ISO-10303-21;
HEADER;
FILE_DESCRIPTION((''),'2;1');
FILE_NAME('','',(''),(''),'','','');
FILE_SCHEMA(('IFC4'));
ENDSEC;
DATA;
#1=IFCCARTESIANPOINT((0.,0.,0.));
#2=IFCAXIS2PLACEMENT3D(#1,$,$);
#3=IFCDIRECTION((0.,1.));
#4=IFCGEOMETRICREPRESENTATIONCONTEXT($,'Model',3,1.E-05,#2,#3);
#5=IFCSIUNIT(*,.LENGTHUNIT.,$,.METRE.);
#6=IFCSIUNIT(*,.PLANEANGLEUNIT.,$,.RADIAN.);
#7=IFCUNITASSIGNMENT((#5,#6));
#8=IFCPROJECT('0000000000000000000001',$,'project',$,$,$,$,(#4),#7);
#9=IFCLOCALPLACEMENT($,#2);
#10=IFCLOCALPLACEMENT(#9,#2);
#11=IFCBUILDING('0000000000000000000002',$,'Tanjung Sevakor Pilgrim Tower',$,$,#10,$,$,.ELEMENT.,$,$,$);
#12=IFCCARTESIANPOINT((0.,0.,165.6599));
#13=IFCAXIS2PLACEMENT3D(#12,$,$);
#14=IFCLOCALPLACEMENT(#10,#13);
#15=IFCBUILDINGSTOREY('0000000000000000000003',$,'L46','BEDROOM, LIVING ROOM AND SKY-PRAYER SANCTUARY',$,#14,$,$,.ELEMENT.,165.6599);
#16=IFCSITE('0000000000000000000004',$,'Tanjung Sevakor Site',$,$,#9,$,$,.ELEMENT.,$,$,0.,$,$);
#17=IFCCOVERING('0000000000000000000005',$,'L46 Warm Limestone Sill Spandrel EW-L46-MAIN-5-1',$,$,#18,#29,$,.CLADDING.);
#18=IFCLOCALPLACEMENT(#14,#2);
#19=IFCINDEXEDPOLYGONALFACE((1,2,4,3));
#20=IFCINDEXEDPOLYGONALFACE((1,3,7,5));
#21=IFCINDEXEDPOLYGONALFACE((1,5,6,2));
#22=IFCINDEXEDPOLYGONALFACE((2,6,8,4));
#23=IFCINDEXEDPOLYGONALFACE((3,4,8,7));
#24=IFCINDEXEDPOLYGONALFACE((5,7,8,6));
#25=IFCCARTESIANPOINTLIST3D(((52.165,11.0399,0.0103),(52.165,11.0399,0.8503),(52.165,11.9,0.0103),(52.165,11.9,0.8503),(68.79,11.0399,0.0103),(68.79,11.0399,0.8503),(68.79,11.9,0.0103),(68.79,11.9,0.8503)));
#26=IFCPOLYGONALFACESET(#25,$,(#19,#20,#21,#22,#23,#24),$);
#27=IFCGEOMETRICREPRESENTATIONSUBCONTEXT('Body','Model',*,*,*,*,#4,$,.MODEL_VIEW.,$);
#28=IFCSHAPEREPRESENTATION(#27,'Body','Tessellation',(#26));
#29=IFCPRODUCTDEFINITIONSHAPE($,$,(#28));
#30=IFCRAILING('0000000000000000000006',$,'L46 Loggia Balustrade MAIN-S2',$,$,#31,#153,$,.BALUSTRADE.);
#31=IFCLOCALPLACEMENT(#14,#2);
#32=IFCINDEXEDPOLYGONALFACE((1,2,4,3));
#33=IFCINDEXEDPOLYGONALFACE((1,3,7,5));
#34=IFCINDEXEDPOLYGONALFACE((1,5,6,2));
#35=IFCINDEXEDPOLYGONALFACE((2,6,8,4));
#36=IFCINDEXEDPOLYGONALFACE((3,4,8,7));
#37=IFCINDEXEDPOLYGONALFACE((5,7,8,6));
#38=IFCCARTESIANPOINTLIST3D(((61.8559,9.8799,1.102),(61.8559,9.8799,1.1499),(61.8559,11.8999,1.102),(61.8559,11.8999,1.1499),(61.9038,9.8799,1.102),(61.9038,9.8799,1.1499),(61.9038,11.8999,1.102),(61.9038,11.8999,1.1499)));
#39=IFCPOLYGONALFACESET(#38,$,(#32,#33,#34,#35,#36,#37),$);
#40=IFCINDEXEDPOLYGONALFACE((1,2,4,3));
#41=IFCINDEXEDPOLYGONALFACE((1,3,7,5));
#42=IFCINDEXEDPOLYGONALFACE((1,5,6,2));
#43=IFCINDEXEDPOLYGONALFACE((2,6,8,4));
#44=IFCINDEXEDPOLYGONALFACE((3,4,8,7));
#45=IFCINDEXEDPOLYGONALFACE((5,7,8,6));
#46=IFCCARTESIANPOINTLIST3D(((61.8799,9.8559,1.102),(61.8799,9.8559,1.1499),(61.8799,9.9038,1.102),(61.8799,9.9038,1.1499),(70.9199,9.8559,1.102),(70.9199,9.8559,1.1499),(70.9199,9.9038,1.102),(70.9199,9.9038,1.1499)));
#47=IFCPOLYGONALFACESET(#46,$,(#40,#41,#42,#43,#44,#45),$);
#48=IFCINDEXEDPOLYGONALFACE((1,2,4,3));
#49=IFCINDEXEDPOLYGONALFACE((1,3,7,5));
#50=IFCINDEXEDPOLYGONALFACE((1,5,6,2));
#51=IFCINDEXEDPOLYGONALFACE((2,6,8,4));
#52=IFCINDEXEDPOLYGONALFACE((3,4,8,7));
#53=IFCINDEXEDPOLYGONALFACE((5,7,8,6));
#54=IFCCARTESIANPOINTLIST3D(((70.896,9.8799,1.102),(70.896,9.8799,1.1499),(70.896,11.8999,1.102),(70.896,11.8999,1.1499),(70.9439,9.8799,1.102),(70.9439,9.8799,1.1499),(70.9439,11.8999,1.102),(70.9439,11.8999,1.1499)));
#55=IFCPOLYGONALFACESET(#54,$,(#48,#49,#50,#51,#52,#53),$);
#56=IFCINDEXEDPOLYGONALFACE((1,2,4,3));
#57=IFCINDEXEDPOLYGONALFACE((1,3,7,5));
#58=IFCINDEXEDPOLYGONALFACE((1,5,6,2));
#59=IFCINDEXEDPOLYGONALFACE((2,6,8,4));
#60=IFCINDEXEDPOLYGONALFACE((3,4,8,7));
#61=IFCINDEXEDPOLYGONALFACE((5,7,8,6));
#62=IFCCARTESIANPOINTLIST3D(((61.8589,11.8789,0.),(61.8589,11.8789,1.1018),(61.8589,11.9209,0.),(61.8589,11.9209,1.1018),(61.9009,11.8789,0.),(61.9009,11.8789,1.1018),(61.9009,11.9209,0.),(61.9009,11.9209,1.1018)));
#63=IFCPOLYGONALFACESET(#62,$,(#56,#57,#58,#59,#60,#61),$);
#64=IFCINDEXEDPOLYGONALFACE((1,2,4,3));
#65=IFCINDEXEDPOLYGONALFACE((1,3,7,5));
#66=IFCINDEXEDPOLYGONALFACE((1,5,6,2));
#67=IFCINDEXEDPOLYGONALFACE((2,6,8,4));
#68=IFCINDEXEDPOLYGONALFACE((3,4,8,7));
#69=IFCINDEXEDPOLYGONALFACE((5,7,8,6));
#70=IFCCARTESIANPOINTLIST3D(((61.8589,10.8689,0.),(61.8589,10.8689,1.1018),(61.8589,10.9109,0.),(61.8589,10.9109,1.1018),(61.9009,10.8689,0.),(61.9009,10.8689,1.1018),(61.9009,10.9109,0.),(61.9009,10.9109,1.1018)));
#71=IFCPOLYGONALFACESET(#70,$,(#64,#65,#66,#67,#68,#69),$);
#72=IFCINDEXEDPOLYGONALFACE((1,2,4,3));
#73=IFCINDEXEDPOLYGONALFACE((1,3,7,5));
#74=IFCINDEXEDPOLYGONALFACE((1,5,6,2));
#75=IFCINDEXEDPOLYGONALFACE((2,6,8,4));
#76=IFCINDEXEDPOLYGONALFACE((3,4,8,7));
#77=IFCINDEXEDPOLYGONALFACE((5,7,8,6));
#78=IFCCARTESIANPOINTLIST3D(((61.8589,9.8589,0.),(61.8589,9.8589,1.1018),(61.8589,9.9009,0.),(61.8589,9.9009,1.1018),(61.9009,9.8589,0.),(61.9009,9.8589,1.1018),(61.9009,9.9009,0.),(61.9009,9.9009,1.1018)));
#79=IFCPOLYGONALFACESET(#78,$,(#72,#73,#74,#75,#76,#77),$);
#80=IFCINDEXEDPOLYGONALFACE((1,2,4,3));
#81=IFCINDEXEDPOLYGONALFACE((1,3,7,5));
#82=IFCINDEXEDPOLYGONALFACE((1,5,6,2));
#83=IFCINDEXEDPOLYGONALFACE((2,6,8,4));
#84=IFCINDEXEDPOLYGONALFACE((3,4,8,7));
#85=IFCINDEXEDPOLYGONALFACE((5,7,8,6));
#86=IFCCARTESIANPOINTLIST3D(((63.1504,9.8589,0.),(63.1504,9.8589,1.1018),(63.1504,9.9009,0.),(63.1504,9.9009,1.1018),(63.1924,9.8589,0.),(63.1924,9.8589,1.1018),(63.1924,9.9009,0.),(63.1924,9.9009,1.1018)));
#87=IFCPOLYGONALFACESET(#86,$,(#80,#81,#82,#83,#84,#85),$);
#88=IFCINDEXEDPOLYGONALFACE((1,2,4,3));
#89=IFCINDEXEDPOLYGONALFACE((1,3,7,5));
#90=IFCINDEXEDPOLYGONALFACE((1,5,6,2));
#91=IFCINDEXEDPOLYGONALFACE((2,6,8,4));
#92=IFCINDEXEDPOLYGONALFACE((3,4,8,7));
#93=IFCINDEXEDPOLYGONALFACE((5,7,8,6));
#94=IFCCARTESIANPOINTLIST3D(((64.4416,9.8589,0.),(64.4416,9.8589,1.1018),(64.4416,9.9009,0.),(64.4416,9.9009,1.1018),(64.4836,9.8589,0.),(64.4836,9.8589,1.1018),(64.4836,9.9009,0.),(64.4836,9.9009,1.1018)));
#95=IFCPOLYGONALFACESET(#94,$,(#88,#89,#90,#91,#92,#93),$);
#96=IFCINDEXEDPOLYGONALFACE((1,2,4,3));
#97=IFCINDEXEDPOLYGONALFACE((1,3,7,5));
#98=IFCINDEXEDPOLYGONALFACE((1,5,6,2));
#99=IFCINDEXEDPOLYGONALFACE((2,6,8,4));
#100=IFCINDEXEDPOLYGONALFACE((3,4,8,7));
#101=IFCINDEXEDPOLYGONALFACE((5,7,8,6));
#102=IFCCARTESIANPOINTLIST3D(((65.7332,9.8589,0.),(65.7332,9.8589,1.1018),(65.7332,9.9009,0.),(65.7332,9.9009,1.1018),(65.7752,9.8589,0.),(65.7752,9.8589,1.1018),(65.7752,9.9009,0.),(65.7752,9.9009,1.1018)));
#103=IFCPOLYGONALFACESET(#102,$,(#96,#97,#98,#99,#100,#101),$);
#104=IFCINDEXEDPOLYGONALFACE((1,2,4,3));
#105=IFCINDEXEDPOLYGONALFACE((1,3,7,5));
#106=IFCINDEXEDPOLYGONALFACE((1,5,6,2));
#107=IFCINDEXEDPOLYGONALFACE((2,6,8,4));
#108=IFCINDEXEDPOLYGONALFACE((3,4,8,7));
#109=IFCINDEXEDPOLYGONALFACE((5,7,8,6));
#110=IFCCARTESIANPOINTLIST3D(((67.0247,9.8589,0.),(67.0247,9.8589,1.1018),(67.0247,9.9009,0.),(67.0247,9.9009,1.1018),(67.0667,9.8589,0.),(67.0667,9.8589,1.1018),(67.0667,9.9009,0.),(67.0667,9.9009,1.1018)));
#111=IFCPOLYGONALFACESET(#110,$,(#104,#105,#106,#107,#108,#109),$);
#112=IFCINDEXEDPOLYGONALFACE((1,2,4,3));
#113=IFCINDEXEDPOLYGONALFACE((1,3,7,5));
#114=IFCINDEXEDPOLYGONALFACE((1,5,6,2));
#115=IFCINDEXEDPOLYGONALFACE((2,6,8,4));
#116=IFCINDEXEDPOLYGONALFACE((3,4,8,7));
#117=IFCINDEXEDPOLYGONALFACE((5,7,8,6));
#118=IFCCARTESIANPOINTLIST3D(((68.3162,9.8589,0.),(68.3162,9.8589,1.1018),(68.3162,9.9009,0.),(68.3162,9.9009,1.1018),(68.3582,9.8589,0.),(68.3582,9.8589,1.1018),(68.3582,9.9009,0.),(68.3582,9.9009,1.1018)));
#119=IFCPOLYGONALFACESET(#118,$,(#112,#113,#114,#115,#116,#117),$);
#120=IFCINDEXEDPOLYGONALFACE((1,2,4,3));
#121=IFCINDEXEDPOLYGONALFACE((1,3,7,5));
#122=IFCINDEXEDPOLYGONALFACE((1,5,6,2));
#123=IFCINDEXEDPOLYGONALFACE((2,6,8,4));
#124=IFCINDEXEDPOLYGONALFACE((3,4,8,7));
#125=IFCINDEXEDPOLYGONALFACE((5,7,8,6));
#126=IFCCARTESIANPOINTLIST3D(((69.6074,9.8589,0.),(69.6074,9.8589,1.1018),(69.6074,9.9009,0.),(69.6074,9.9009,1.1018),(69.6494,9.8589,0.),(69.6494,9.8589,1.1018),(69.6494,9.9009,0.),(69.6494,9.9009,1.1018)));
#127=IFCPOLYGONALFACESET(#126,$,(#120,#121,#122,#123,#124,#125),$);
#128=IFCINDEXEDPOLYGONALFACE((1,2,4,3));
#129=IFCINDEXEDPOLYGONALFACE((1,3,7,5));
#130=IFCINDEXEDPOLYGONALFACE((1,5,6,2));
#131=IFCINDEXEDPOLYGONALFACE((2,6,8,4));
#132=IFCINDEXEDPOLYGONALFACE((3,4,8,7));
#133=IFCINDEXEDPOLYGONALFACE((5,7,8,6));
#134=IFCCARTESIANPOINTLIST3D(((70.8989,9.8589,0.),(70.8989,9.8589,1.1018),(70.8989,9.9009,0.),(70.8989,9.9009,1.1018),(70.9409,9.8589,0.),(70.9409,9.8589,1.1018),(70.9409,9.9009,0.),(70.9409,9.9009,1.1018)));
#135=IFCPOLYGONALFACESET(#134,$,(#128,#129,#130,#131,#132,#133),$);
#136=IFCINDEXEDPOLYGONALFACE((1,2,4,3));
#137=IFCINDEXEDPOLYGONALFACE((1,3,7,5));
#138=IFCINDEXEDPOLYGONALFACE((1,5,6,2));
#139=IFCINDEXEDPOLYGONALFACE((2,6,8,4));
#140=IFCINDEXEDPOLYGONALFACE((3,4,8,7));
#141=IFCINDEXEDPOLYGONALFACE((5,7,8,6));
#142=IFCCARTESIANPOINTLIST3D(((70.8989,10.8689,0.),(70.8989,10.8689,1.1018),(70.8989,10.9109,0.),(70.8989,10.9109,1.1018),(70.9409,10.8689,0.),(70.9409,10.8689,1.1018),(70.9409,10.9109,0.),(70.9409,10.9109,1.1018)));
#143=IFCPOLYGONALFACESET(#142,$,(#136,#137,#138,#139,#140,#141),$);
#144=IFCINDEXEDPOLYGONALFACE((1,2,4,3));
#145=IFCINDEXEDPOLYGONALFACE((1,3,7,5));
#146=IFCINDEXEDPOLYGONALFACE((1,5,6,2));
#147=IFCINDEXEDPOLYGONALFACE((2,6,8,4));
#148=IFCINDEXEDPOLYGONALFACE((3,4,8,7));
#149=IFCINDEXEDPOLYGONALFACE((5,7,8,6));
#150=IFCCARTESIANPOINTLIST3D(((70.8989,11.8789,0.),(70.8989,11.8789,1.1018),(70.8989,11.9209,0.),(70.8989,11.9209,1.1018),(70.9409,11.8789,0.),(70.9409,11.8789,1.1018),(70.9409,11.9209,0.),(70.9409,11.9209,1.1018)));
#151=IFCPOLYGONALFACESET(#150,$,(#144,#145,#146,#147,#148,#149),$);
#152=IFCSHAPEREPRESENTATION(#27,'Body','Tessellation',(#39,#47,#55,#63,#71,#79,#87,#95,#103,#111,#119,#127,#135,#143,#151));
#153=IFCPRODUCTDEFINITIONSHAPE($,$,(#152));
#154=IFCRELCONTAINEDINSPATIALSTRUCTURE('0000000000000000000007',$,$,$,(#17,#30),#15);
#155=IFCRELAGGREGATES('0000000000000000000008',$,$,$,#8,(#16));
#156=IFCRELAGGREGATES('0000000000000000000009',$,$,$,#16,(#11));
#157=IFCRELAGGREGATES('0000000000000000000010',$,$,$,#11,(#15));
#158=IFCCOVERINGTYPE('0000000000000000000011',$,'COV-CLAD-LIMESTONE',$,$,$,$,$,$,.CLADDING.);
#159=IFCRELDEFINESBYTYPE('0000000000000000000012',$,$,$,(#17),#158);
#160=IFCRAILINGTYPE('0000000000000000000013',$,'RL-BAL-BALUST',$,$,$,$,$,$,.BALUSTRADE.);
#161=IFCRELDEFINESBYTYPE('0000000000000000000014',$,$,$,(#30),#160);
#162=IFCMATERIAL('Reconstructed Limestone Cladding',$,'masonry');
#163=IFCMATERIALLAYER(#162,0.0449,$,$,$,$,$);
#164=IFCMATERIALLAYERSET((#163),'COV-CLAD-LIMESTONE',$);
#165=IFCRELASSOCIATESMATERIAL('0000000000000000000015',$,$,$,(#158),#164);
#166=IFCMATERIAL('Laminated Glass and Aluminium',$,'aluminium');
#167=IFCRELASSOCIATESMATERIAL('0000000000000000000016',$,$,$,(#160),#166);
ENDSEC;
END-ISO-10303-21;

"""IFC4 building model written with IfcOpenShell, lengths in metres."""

from ifc_helpers import new_model, si_unit, direction, frame, origin, origin_2d, place, context, subcontext, project, spatial, rectangle, extrude, material, layer, layer_set, type_object, element, save


model = new_model("IFC4")

# Units and contexts
model_context = context("Model", 3, precision=1e-05, world=origin(), true_north=direction((0.0, 1.0)))
body_context = subcontext(model_context, "Body", "Model", "MODEL_VIEW")
ifc_project = project(units=[si_unit("LENGTHUNIT", "METRE"), si_unit("PLANEANGLEUNIT", "RADIAN")], contexts=[model_context])

# Site, building, storey
site_placement = place(None, origin())
site = spatial("IfcSite", under=ifc_project, at=site_placement, Name="Tanjung Sevakor Site", CompositionType="ELEMENT", RefElevation=0.0)
building_placement = place(site_placement, origin())
building = spatial("IfcBuilding", under=site, at=building_placement, Name="Tanjung Sevakor Pilgrim Tower", CompositionType="ELEMENT")
storey_placement = place(building_placement, frame((0.0, 0.0, 165.6599)))
storey = spatial("IfcBuildingStorey", under=building, at=storey_placement, Name="L46", Description="BEDROOM, LIVING ROOM AND SKY-PRAYER SANCTUARY", CompositionType="ELEMENT", Elevation=165.6599)

# Covering
ifc_material_1 = material(Name="Reconstructed Limestone Cladding", Category="masonry")
ifc_layer_1 = layer(ifc_material_1, 0.0449)
ifc_layer_set_1 = layer_set([ifc_layer_1], Name="COV-CLAD-LIMESTONE")
covering_type = type_object("IfcCoveringType", Name="COV-CLAD-LIMESTONE", PredefinedType="CLADDING", material=ifc_layer_set_1)
covering_placement = place(storey_placement, frame((60.4775, 11.47, 0.0103), z_axis=(0.0, 0.0, 1.0), x_axis=(1.0, 0.0, 0.0)))
element("IfcCovering", 1, at=covering_placement, inside=storey, type_object=covering_type, Name="L46 Warm Limestone Sill Spandrel EW-L46-MAIN-5-1", PredefinedType="CLADDING", context=body_context, shape_type="SweptSolid", body=[
    extrude(rectangle(XDim=16.625, YDim=0.8601, at=origin_2d()), origin(), (0.0, 0.0, 1.0), 0.8401),
])

# Railing
ifc_material_2 = material(Name="Laminated Glass and Aluminium", Category="aluminium")
railing_type_1 = type_object("IfcRailingType", Name="RL-BAL-BALUST", PredefinedType="BALUSTRADE", material=ifc_material_2)
railing_1_placement = place(storey_placement, frame((61.8799, 11.8999, 0.0)))
element("IfcRailing", 2, at=railing_1_placement, inside=storey, type_object=railing_type_1, Name="L46 Loggia Balustrade MAIN-S2", PredefinedType="BALUSTRADE", context=body_context, shape_type="SweptSolid", body=[
    extrude(rectangle(XDim=0.0479, YDim=0.0479), frame((0.0, 0.0, 1.126), z_axis=(0.0, -1.0, 0.0), x_axis=(1.0, 0.0, 0.0)), (0.0, 0.0, 1.0), 2.02),
    extrude(rectangle(XDim=0.0479, YDim=0.0479), frame((0.0, -2.02, 1.126), z_axis=(1.0, 0.0, 0.0), x_axis=(0.0, 1.0, 0.0)), (0.0, 0.0, 1.0), 9.04),
    extrude(rectangle(XDim=0.0479, YDim=0.0479), frame((9.04, -2.02, 1.126), z_axis=(0.0, 1.0, 0.0), x_axis=(-1.0, 0.0, 0.0)), (0.0, 0.0, 1.0), 2.02),
    extrude(rectangle(XDim=0.042, YDim=0.042), origin(), (0.0, 0.0, 1.0), 1.1018),
    extrude(rectangle(XDim=0.042, YDim=0.042), frame((0.0, -1.01, 0.0)), (0.0, 0.0, 1.0), 1.1018),
    extrude(rectangle(XDim=0.042, YDim=0.042), frame((0.0, -2.02, 0.0)), (0.0, 0.0, 1.0), 1.1018),
    extrude(rectangle(XDim=0.042, YDim=0.042), frame((1.2915, -2.02, 0.0)), (0.0, 0.0, 1.0), 1.1018),
    extrude(rectangle(XDim=0.042, YDim=0.042), frame((2.5828, -2.02, 0.0)), (0.0, 0.0, 1.0), 1.1018),
    extrude(rectangle(XDim=0.042, YDim=0.042), frame((3.8743, -2.02, 0.0)), (0.0, 0.0, 1.0), 1.1018),
    extrude(rectangle(XDim=0.042, YDim=0.042), frame((5.1658, -2.02, 0.0)), (0.0, 0.0, 1.0), 1.1018),
    extrude(rectangle(XDim=0.042, YDim=0.042), frame((6.4573, -2.02, 0.0)), (0.0, 0.0, 1.0), 1.1018),
    extrude(rectangle(XDim=0.042, YDim=0.042), frame((7.7485, -2.02, 0.0)), (0.0, 0.0, 1.0), 1.1018),
    extrude(rectangle(XDim=0.042, YDim=0.042), frame((9.04, -2.02, 0.0)), (0.0, 0.0, 1.0), 1.1018),
    extrude(rectangle(XDim=0.042, YDim=0.042), frame((9.04, -1.01, 0.0)), (0.0, 0.0, 1.0), 1.1018),
    extrude(rectangle(XDim=0.042, YDim=0.042), frame((9.04, 0.0, 0.0)), (0.0, 0.0, 1.0), 1.1018),
])

save(model, "model.ifc")
